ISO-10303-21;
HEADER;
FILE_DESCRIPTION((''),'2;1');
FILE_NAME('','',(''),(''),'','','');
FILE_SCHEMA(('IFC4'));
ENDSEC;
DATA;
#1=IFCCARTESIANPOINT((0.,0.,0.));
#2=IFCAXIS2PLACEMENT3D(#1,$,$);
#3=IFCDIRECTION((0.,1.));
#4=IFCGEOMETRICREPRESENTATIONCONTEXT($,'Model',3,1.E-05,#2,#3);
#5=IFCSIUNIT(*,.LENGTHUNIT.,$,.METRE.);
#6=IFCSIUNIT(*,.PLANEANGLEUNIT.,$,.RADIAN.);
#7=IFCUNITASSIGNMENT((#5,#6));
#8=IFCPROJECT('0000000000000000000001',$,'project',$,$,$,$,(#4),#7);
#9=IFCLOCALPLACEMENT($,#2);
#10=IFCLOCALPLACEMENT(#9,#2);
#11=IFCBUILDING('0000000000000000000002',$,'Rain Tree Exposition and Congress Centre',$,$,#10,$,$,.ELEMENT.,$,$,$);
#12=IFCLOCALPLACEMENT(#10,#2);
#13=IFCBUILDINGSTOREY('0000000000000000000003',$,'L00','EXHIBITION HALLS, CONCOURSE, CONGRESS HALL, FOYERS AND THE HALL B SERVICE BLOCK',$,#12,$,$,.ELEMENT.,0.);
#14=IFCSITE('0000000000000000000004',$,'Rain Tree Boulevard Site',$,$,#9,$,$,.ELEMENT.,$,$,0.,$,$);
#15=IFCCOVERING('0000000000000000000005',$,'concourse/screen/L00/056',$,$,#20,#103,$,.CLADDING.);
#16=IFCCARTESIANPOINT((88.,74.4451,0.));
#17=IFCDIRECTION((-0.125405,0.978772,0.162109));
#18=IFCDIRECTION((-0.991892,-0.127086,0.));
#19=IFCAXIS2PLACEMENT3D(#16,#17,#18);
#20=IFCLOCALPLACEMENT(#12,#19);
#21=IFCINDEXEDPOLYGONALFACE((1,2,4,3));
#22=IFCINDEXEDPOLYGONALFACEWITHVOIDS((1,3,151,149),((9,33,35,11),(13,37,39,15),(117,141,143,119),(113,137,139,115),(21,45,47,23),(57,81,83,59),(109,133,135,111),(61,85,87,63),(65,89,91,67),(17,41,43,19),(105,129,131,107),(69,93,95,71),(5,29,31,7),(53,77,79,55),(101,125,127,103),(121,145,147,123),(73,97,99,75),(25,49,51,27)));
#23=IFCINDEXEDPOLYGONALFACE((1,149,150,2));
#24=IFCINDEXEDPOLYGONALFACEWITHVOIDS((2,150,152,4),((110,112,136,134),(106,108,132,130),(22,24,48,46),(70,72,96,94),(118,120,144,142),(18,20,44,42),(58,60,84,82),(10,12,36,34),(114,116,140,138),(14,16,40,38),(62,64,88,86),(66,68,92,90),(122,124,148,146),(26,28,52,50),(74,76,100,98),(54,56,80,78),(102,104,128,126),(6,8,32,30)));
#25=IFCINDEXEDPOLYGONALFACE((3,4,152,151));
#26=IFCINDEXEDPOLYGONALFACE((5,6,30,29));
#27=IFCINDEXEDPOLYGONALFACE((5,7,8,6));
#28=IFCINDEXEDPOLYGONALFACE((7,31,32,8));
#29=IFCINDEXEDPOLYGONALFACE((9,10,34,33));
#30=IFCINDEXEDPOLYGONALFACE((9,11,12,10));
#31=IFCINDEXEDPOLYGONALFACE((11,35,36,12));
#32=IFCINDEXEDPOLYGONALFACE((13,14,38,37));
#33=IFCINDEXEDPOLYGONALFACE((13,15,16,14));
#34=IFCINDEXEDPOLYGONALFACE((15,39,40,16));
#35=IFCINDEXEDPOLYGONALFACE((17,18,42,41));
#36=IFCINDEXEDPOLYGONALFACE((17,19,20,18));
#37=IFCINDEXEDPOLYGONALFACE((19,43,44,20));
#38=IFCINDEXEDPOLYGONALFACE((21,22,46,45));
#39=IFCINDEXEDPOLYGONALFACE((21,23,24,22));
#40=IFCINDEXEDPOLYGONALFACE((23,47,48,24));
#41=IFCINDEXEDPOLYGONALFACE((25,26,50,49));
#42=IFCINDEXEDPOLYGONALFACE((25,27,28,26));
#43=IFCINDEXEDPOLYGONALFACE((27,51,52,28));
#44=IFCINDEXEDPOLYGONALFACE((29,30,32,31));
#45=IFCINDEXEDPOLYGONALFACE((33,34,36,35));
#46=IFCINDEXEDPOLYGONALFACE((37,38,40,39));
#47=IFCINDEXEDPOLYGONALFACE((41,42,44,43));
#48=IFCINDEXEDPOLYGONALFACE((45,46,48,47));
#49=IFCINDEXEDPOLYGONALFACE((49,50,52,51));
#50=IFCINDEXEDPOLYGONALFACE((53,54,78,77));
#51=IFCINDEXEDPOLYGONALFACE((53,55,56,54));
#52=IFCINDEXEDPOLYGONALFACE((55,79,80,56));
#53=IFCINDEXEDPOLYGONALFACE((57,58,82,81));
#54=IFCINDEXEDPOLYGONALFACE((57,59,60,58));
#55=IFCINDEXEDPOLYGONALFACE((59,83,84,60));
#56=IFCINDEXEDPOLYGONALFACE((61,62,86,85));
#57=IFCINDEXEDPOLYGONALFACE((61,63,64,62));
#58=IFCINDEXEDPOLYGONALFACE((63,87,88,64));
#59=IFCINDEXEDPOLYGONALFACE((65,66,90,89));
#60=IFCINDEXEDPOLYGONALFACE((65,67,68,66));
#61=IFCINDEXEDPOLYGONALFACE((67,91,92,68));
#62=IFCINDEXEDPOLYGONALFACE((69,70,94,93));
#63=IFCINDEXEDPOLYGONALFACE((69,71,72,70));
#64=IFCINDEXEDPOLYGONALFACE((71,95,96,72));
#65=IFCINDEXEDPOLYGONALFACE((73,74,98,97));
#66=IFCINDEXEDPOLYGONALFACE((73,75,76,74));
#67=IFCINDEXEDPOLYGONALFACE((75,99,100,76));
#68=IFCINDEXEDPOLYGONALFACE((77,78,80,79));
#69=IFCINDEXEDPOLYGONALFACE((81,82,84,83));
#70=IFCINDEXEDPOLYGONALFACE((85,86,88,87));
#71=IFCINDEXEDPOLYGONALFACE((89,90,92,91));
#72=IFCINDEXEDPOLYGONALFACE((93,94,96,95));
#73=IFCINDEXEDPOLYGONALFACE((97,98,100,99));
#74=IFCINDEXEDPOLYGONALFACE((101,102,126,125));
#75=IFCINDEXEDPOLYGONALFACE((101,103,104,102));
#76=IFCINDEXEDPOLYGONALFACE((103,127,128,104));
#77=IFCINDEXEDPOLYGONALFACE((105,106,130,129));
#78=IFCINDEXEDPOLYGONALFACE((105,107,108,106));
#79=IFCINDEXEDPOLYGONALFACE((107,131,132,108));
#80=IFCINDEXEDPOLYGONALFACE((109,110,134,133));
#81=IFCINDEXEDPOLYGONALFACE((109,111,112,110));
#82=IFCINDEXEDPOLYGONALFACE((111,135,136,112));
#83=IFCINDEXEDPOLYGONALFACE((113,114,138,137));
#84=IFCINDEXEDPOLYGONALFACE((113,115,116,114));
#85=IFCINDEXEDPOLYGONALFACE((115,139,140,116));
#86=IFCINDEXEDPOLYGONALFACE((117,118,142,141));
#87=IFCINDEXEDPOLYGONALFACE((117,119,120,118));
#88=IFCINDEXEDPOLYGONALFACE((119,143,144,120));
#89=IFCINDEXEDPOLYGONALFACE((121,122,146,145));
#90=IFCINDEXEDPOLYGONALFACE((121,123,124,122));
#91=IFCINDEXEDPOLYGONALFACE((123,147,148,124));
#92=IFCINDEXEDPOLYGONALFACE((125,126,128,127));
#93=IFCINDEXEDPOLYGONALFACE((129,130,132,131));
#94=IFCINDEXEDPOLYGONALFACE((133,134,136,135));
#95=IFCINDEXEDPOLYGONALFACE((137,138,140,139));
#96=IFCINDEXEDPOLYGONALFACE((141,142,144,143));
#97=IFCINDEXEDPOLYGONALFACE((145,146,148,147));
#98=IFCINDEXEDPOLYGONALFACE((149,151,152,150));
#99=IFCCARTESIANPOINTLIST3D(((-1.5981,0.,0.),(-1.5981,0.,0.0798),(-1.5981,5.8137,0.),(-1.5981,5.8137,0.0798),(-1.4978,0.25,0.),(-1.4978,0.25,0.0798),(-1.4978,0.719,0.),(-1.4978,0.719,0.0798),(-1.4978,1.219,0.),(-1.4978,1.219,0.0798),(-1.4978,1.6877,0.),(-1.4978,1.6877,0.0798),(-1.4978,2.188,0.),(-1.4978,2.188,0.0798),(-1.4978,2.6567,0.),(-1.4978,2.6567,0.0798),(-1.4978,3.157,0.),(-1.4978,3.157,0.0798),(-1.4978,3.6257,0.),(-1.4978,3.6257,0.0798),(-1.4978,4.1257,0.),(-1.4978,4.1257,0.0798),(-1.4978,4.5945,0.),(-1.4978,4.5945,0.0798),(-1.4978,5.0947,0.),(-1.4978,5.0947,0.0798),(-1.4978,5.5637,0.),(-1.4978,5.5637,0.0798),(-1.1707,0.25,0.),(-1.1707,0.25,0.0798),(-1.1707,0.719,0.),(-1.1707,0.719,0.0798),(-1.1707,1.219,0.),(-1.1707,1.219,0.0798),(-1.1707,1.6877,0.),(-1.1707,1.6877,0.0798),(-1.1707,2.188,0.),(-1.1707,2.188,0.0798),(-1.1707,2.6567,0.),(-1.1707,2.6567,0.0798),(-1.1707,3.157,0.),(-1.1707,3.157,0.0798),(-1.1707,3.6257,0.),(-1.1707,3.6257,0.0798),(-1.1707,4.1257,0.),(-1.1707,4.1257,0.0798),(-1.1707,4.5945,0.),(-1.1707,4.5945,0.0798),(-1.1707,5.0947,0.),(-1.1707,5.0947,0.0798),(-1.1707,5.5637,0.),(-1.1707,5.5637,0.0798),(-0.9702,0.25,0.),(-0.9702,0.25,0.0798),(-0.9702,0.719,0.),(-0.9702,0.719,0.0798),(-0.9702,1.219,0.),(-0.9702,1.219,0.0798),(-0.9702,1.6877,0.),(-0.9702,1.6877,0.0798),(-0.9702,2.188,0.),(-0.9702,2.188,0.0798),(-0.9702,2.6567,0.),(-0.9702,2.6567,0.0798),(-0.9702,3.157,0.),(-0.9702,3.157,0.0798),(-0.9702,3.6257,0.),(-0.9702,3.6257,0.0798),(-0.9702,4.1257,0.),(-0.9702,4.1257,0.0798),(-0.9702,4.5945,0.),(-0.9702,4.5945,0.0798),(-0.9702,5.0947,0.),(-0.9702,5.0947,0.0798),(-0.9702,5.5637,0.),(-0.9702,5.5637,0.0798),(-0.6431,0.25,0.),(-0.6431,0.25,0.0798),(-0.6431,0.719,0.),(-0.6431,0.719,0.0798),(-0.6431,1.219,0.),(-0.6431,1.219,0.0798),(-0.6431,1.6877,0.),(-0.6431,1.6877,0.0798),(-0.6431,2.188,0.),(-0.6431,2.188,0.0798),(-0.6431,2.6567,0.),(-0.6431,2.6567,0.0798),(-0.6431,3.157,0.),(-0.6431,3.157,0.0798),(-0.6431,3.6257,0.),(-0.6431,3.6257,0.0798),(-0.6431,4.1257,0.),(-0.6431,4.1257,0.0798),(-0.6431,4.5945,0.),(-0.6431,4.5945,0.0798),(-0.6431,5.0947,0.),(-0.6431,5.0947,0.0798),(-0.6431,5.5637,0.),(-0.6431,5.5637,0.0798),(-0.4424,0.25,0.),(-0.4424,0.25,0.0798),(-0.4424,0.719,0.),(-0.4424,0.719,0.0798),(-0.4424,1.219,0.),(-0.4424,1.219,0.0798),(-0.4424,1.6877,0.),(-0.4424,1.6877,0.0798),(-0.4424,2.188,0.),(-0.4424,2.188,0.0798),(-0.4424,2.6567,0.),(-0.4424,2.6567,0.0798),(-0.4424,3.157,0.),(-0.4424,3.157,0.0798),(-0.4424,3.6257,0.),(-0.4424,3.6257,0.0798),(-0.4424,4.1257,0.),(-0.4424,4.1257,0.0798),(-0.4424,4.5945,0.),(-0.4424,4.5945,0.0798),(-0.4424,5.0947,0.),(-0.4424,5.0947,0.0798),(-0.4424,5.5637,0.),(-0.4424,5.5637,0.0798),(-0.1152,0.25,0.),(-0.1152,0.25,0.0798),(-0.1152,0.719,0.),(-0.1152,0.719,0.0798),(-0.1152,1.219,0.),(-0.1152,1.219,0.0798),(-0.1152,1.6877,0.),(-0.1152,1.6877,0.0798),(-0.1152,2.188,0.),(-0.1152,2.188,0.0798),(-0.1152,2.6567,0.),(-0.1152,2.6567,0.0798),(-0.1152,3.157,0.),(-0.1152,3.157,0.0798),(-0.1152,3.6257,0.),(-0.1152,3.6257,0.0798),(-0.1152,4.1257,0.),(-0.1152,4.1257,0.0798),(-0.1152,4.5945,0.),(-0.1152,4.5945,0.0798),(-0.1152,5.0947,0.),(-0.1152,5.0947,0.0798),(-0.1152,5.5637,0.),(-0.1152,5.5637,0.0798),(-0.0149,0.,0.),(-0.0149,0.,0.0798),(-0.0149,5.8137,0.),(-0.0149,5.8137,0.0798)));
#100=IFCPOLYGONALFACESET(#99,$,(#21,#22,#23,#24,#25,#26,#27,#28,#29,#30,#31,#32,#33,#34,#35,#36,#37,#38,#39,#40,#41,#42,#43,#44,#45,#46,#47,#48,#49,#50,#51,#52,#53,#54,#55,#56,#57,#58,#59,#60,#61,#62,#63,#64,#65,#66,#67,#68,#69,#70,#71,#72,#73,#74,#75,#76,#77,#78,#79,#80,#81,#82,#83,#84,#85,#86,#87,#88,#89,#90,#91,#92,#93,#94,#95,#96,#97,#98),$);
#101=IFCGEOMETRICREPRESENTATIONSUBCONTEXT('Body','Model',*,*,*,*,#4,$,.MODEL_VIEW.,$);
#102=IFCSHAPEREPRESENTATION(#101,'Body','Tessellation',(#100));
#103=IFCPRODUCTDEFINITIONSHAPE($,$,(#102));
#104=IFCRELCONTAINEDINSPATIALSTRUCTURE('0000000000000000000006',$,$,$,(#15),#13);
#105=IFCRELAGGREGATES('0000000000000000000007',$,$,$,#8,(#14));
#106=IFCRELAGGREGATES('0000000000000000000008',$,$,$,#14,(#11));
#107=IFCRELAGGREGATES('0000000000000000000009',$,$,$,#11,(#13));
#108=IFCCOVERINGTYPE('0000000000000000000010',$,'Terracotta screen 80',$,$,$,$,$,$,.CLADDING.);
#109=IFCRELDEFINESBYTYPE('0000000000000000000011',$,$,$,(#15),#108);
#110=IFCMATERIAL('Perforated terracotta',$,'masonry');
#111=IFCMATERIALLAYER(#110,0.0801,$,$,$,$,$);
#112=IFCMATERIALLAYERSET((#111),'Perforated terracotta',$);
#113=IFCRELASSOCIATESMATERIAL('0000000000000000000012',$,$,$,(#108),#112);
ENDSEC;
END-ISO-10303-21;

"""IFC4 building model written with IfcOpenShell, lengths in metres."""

from ifc_helpers import new_model, si_unit, direction, frame, origin, place, context, subcontext, project, spatial, polyline, outline, extrude, material, layer, layer_set, type_object, element, save


model = new_model("IFC4")

# Units and contexts
model_context = context("Model", 3, precision=1e-05, world=origin(), true_north=direction((0.0, 1.0)))
body_context = subcontext(model_context, "Body", "Model", "MODEL_VIEW")
ifc_project = project(units=[si_unit("LENGTHUNIT", "METRE"), si_unit("PLANEANGLEUNIT", "RADIAN")], contexts=[model_context])

# Site, building, storey
site_placement = place(None, origin())
site = spatial("IfcSite", under=ifc_project, at=site_placement, Name="Rain Tree Boulevard Site", CompositionType="ELEMENT", RefElevation=0.0)
building_placement = place(site_placement, origin())
building = spatial("IfcBuilding", under=site, at=building_placement, Name="Rain Tree Exposition and Congress Centre", CompositionType="ELEMENT")
storey_placement = place(building_placement, origin())
storey = spatial("IfcBuildingStorey", under=building, at=storey_placement, Name="L00", Description="EXHIBITION HALLS, CONCOURSE, CONGRESS HALL, FOYERS AND THE HALL B SERVICE BLOCK", CompositionType="ELEMENT", Elevation=0.0)

# Covering
ifc_material_1 = material(Name="Perforated terracotta", Category="masonry")
ifc_layer_1 = layer(ifc_material_1, 0.0801)
ifc_layer_set_1 = layer_set([ifc_layer_1], Name="Perforated terracotta")
covering_type = type_object("IfcCoveringType", Name="Terracotta screen 80", PredefinedType="CLADDING", material=ifc_layer_set_1)
covering_1_placement = place(storey_placement, frame((88.0, 74.4451, 0.0), z_axis=(-0.125405, 0.978772, 0.162109), x_axis=(-0.991892, -0.127086, 0.0)))
element("IfcCovering", 1, at=covering_1_placement, inside=storey, type_object=covering_type, Name="concourse/screen/L00/056", PredefinedType="CLADDING", context=body_context, shape_type="SweptSolid", body=[
    extrude(outline(polyline([(-0.0149, 0.0), (-1.5981, 0.0), (-1.5981, 5.8137), (-0.0149, 5.8137), (-0.0149, 0.0)]), holes=[polyline([(-0.1152, 0.25), (-0.1152, 0.719), (-0.4424, 0.719), (-0.4424, 0.25), (-0.1152, 0.25)]), polyline([(-0.1152, 1.219), (-0.1152, 1.6877), (-0.4424, 1.6877), (-0.4424, 1.219), (-0.1152, 1.219)]), polyline([(-0.1152, 2.188), (-0.1152, 2.6567), (-0.4424, 2.6567), (-0.4424, 2.188), (-0.1152, 2.188)]), polyline([(-0.1152, 3.157), (-0.1152, 3.6257), (-0.4424, 3.6257), (-0.4424, 3.157), (-0.1152, 3.157)]), polyline([(-0.1152, 4.1257), (-0.1152, 4.5945), (-0.4424, 4.5945), (-0.4424, 4.1257), (-0.1152, 4.1257)]), polyline([(-0.1152, 5.0947), (-0.1152, 5.5637), (-0.4424, 5.5637), (-0.4424, 5.0947), (-0.1152, 5.0947)]), polyline([(-0.6431, 0.25), (-0.6431, 0.719), (-0.9702, 0.719), (-0.9702, 0.25), (-0.6431, 0.25)]), polyline([(-0.6431, 1.219), (-0.6431, 1.6877), (-0.9702, 1.6877), (-0.9702, 1.219), (-0.6431, 1.219)]), polyline([(-0.6431, 2.188), (-0.6431, 2.6567), (-0.9702, 2.6567), (-0.9702, 2.188), (-0.6431, 2.188)]), polyline([(-0.6431, 3.157), (-0.6431, 3.6257), (-0.9702, 3.6257), (-0.9702, 3.157), (-0.6431, 3.157)]), polyline([(-0.6431, 4.1257), (-0.6431, 4.5945), (-0.9702, 4.5945), (-0.9702, 4.1257), (-0.6431, 4.1257)]), polyline([(-0.6431, 5.0947), (-0.6431, 5.5637), (-0.9702, 5.5637), (-0.9702, 5.0947), (-0.6431, 5.0947)]), polyline([(-1.1707, 0.25), (-1.1707, 0.719), (-1.4978, 0.719), (-1.4978, 0.25), (-1.1707, 0.25)]), polyline([(-1.1707, 1.219), (-1.1707, 1.6877), (-1.4978, 1.6877), (-1.4978, 1.219), (-1.1707, 1.219)]), polyline([(-1.1707, 2.188), (-1.1707, 2.6567), (-1.4978, 2.6567), (-1.4978, 2.188), (-1.1707, 2.188)]), polyline([(-1.1707, 3.157), (-1.1707, 3.6257), (-1.4978, 3.6257), (-1.4978, 3.157), (-1.1707, 3.157)]), polyline([(-1.1707, 4.1257), (-1.1707, 4.5945), (-1.4978, 4.5945), (-1.4978, 4.1257), (-1.1707, 4.1257)]), polyline([(-1.1707, 5.0947), (-1.1707, 5.5637), (-1.4978, 5.5637), (-1.4978, 5.0947), (-1.1707, 5.0947)])]), origin(), (0.0, 0.0, 1.0), 0.0798),
])

save(model, "model.ifc")
